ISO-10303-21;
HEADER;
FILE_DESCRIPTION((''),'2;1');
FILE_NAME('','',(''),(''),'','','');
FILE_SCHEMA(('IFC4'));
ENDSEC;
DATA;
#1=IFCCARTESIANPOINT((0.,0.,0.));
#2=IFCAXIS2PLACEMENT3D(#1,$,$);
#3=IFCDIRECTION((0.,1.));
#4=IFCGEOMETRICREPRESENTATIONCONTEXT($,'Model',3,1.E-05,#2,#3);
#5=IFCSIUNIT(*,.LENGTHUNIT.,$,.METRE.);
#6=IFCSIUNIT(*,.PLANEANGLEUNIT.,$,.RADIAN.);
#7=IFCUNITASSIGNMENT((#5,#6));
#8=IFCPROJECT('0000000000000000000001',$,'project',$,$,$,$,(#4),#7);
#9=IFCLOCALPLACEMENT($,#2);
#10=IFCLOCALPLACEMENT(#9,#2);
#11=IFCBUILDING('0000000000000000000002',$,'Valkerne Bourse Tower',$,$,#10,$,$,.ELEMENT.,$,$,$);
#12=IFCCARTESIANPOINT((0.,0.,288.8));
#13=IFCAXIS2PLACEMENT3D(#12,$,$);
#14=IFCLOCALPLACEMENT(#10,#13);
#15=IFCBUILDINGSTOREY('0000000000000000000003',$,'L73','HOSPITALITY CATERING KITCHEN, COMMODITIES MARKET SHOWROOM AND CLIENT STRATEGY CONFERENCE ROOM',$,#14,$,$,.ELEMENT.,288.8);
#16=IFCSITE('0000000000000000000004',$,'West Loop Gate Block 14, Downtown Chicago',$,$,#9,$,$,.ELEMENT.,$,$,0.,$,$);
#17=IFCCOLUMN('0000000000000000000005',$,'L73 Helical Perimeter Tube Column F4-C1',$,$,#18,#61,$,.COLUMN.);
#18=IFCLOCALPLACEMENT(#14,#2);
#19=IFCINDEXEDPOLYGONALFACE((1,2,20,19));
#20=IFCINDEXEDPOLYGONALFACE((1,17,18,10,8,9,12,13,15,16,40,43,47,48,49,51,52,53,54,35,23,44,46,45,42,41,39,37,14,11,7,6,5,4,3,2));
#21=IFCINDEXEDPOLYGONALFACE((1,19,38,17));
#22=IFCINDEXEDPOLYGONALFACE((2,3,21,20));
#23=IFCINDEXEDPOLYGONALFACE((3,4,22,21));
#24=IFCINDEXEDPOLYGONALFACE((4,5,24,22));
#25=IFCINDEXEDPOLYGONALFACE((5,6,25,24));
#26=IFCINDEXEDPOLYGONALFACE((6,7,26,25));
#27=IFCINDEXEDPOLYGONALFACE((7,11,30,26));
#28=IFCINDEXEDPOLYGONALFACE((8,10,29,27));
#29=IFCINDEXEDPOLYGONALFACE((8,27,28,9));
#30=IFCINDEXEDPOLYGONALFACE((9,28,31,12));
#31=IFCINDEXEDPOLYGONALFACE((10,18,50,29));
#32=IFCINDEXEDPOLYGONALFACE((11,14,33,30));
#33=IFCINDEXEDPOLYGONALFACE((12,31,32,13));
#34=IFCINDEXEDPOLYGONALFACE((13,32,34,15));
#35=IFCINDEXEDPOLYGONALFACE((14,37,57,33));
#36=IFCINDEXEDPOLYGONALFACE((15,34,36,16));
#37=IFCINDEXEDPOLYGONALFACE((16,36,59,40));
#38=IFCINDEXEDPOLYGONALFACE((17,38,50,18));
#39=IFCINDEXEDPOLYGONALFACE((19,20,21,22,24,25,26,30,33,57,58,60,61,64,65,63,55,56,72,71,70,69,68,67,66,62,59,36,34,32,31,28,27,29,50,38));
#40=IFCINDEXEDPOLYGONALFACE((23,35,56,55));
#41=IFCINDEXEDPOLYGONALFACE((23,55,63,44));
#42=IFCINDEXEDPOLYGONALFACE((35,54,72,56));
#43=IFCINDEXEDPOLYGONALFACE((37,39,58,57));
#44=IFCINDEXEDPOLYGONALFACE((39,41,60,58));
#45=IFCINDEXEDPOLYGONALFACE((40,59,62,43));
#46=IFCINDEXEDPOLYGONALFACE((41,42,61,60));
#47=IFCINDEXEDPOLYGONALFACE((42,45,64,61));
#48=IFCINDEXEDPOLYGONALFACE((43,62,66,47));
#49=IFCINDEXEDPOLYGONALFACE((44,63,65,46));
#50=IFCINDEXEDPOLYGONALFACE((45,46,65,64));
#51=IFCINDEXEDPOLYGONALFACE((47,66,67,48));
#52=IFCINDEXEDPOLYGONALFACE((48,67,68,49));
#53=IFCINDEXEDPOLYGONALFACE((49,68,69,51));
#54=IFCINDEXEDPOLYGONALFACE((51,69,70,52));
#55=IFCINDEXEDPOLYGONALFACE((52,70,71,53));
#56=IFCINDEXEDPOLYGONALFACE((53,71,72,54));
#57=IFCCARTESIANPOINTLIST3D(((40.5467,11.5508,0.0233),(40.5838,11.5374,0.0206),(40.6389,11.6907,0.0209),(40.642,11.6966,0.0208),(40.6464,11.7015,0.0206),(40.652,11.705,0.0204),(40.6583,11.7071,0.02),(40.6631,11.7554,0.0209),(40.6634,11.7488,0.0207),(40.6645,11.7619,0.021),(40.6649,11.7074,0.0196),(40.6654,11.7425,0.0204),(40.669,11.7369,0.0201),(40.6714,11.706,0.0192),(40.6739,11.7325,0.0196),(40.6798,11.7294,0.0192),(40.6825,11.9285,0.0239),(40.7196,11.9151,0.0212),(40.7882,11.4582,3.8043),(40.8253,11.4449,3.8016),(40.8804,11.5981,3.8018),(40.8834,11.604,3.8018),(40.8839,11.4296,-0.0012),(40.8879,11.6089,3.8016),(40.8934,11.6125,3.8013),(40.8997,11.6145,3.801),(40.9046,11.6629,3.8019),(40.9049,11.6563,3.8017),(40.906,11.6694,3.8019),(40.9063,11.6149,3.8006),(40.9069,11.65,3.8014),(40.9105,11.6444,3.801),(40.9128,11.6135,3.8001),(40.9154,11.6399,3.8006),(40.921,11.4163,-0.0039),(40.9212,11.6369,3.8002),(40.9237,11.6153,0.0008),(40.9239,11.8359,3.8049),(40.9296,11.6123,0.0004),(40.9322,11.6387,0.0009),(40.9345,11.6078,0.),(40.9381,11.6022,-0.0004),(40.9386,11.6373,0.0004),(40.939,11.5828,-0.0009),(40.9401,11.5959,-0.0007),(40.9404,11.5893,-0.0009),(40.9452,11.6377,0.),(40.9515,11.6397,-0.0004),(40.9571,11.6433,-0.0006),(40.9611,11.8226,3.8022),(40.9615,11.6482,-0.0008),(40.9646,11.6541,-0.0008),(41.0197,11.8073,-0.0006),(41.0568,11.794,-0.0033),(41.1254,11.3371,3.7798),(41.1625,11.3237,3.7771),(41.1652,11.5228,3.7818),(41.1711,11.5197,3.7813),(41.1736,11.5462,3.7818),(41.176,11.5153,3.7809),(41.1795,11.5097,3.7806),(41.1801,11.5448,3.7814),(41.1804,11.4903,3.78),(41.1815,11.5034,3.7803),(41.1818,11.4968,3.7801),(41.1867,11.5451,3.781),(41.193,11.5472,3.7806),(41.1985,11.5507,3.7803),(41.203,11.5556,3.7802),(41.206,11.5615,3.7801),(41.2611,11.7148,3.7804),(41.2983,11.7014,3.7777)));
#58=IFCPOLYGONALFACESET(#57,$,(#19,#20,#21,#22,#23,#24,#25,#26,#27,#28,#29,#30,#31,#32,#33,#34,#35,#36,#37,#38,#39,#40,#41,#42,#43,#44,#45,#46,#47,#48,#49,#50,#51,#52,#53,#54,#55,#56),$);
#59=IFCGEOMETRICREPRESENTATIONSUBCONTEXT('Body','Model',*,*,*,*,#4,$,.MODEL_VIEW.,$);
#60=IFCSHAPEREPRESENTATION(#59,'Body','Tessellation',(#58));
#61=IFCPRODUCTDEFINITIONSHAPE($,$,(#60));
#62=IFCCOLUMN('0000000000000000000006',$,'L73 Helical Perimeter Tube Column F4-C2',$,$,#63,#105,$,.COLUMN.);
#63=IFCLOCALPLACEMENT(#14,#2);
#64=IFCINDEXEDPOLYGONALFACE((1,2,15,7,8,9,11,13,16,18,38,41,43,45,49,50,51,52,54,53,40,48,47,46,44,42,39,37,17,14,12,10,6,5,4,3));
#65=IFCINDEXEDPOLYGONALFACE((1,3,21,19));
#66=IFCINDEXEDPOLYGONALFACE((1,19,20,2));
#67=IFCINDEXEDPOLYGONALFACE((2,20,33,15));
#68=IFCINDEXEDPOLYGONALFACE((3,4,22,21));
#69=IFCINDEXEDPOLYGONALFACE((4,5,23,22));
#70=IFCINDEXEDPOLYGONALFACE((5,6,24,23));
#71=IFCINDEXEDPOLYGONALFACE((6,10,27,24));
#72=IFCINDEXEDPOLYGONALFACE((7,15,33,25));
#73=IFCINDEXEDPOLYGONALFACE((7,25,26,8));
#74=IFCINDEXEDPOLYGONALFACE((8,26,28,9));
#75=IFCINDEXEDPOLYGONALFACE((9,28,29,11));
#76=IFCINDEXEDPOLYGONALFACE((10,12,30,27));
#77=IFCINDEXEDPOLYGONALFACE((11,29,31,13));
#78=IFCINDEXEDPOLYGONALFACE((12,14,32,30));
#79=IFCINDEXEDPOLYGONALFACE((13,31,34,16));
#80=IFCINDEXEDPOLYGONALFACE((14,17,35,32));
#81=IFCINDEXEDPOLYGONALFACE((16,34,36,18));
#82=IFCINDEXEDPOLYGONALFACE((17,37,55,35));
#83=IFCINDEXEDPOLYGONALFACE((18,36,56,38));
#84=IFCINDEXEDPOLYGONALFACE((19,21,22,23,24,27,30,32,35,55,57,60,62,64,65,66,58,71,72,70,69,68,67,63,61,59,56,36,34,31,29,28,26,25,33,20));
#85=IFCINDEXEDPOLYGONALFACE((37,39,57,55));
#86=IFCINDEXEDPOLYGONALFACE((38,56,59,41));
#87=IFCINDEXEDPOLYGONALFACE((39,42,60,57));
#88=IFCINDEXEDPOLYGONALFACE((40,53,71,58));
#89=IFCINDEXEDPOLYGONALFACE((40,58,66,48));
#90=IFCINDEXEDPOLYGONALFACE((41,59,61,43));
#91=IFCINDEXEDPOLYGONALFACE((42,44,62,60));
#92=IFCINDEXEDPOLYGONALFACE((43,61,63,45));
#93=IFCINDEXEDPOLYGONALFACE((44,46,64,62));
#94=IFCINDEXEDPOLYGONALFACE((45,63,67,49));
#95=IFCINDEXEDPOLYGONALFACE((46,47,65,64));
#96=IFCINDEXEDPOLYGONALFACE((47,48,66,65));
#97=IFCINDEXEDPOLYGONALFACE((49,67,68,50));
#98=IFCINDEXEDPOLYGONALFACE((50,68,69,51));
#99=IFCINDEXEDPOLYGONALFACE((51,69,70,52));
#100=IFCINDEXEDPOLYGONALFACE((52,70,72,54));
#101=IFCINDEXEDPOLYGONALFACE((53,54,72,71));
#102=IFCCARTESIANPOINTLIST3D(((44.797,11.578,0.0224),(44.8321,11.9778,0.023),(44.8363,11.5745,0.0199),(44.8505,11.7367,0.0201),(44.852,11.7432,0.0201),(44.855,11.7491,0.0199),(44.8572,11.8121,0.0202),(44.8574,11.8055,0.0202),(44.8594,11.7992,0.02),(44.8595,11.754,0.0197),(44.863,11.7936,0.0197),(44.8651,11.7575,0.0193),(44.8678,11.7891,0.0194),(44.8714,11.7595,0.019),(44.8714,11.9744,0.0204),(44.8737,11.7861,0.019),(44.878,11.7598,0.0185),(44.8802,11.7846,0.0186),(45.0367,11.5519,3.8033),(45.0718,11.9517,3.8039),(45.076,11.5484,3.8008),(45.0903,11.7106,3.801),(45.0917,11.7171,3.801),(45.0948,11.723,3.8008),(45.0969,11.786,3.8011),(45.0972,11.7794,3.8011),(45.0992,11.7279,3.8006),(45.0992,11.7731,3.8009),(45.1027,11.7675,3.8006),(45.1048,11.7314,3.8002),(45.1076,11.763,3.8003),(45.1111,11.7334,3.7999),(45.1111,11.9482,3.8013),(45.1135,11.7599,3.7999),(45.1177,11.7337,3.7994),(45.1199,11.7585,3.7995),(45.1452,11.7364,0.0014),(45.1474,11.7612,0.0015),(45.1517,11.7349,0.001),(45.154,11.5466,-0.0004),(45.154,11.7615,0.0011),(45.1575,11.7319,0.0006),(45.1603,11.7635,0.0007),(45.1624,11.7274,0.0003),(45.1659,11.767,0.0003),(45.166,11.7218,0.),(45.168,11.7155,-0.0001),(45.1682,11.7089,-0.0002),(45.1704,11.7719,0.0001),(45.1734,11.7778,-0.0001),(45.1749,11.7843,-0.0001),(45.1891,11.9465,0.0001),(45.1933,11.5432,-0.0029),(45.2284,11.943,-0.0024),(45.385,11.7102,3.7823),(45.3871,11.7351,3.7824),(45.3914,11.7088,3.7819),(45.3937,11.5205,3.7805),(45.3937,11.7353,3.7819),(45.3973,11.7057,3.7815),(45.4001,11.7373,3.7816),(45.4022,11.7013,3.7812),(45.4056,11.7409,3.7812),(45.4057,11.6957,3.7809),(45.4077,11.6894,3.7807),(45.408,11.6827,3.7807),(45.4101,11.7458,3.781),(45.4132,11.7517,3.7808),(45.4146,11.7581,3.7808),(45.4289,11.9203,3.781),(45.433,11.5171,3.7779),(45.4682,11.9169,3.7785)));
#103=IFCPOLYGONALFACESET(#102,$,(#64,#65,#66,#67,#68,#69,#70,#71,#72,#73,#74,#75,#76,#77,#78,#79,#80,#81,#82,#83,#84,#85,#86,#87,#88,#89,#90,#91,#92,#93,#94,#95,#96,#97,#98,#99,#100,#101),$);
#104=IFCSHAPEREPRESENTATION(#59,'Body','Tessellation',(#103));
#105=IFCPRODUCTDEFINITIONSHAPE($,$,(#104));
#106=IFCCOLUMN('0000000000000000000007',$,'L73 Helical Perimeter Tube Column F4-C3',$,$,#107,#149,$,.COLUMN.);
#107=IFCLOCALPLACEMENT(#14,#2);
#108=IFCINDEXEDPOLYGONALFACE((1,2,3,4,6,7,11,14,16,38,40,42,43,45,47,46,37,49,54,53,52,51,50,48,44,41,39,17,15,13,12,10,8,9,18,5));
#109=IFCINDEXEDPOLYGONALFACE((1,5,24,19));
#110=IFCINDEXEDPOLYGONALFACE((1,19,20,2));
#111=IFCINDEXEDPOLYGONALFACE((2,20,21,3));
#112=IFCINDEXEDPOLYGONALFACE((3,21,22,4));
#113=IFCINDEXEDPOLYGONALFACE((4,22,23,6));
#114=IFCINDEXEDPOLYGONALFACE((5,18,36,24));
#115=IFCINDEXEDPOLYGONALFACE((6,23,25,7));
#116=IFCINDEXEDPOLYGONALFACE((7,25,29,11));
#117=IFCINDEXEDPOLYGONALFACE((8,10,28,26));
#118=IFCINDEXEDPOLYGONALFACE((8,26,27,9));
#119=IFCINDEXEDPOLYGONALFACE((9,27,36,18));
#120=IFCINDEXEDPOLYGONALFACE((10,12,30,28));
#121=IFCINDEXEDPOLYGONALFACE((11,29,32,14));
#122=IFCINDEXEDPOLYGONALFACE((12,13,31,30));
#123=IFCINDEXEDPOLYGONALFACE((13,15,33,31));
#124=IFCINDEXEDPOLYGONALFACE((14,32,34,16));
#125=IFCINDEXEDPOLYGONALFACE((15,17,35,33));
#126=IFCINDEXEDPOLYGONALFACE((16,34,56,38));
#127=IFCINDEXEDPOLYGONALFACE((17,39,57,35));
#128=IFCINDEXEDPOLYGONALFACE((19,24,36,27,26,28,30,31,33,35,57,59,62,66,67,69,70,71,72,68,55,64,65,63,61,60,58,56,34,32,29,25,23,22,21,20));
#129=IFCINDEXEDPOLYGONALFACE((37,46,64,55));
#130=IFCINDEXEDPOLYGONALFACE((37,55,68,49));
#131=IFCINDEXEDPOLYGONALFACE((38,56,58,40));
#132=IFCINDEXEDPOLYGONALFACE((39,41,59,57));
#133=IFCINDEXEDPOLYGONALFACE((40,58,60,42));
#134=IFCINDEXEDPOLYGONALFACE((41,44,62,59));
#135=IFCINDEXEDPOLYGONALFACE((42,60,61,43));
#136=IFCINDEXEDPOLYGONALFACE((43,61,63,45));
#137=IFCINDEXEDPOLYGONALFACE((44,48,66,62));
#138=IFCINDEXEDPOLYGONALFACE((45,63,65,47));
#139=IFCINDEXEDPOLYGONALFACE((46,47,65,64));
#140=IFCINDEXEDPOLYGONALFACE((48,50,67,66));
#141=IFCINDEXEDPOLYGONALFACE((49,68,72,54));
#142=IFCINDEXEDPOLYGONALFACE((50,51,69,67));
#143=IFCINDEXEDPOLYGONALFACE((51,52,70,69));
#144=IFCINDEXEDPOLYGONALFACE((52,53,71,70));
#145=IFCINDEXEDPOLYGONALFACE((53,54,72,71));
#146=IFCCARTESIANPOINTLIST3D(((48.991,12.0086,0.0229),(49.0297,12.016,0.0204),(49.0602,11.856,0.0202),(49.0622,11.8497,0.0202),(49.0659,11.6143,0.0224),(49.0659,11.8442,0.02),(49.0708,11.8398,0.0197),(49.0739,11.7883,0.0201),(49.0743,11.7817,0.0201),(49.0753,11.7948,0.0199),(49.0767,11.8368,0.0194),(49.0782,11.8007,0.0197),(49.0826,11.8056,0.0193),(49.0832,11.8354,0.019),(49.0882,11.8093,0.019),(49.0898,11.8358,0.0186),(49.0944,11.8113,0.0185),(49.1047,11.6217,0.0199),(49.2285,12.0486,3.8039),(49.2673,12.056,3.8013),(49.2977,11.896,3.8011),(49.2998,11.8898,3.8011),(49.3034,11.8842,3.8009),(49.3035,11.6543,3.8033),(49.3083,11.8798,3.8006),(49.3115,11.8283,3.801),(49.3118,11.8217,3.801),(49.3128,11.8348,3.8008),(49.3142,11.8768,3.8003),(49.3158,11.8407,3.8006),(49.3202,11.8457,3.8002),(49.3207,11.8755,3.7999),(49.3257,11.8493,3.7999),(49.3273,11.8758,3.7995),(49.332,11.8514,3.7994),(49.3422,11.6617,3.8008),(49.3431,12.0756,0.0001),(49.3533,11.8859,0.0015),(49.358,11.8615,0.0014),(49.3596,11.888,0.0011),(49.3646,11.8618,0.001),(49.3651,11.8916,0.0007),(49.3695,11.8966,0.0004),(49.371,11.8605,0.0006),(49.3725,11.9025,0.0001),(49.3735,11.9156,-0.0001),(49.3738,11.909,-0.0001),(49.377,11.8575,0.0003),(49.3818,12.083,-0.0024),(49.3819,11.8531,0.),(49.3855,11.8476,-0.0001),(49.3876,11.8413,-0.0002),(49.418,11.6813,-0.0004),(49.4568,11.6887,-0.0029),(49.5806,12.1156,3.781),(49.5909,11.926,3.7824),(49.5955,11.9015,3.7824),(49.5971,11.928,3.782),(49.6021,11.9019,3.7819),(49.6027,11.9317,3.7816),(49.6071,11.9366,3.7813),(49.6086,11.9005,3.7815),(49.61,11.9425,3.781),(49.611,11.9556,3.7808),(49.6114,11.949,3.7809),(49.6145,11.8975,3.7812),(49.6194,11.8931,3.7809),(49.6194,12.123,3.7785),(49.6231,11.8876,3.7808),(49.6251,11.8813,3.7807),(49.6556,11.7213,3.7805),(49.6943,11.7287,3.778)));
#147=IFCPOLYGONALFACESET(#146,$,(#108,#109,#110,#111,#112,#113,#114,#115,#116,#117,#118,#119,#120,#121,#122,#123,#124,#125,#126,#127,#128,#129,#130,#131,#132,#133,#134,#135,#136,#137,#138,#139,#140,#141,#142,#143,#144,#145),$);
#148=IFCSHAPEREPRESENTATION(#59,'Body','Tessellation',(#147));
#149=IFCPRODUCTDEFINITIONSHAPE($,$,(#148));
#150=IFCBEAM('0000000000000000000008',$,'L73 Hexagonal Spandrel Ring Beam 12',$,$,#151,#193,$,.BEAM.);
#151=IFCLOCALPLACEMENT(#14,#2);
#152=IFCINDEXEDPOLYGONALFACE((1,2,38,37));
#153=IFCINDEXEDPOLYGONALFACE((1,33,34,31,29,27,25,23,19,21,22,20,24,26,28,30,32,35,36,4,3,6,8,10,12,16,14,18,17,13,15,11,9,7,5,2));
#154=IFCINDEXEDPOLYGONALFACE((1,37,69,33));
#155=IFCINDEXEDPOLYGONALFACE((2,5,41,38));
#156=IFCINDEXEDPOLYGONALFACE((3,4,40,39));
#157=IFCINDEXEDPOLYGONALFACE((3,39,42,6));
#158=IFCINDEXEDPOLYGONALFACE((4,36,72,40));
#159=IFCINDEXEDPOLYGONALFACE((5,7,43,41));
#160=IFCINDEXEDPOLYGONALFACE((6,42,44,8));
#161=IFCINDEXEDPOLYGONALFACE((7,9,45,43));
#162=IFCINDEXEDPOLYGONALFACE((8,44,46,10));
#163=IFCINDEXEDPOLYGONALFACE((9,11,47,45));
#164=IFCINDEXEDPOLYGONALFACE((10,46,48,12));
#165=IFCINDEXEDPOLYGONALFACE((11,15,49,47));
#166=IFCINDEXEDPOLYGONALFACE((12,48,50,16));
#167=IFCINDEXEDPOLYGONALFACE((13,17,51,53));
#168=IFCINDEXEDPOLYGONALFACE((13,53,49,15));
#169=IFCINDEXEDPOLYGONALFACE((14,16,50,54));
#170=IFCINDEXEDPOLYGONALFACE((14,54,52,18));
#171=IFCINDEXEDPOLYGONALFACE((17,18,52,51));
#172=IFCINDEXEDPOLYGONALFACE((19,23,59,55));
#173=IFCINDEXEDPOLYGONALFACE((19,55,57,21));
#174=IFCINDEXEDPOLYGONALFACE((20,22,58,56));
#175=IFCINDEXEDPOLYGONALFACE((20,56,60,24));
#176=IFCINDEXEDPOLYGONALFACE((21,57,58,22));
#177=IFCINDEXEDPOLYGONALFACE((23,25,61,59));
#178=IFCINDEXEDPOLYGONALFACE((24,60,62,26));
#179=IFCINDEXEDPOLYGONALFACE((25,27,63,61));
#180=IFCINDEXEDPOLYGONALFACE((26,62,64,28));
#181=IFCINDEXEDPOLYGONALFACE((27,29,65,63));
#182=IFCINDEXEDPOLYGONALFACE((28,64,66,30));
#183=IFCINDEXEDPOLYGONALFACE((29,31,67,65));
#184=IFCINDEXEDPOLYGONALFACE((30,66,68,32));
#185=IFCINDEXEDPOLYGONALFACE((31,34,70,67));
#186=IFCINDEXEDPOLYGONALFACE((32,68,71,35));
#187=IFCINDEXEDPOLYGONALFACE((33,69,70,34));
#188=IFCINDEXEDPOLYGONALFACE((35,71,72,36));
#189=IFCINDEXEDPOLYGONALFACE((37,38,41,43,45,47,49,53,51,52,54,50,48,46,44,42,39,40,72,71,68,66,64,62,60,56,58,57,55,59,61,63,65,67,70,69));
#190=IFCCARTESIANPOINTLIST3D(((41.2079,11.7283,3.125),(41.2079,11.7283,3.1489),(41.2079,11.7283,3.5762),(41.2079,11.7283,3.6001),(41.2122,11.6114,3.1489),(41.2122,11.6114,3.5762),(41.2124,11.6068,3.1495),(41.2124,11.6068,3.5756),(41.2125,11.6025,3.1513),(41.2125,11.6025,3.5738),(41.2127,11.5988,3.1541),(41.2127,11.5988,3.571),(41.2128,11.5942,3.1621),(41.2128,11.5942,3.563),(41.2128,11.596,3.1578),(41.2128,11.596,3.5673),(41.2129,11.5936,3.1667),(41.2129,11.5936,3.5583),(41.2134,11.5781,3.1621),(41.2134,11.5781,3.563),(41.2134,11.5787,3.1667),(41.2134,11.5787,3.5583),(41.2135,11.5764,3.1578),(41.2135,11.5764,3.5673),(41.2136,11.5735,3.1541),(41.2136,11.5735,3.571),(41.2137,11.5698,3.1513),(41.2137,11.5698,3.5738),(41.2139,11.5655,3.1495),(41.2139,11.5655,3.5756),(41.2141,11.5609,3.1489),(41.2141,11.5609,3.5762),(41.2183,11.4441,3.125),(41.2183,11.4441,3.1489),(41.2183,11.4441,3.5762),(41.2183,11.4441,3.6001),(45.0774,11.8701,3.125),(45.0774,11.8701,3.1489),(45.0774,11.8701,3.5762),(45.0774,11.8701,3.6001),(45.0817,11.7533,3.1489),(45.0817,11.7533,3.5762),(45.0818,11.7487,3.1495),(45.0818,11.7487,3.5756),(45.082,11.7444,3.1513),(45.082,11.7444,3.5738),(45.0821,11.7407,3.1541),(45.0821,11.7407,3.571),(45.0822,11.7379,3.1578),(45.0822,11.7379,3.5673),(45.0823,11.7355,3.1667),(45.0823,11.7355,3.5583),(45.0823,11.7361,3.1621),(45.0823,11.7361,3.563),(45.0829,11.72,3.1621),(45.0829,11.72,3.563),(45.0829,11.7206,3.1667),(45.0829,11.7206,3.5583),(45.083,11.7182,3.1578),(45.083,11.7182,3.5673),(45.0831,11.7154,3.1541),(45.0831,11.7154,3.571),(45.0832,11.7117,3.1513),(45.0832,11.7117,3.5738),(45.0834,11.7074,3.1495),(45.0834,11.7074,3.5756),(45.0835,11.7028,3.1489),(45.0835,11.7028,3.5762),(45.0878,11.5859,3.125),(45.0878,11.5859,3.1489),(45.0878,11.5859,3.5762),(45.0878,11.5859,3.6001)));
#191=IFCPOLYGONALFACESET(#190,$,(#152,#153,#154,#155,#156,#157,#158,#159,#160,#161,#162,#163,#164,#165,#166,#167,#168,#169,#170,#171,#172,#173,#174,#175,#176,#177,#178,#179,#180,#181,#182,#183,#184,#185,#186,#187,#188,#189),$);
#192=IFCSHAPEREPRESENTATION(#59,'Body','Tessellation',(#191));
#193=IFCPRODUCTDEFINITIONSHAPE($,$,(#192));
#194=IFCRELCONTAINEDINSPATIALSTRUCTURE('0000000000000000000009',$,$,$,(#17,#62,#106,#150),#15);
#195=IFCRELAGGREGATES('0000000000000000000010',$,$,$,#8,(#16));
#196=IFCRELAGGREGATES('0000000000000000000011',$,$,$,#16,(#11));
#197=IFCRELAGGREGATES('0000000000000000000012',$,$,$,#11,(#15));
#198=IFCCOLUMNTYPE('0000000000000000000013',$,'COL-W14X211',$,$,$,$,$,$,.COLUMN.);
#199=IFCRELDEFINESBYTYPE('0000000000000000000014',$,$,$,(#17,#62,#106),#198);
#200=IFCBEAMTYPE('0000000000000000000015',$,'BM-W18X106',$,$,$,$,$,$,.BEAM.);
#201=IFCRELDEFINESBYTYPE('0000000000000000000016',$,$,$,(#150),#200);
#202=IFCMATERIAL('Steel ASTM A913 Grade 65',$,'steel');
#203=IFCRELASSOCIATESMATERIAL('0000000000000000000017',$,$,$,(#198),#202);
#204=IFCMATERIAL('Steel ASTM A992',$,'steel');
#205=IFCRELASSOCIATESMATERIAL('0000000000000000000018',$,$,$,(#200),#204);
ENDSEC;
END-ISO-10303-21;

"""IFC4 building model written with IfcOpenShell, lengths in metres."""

from ifc_helpers import new_model, si_unit, direction, frame, origin, origin_2d, place, context, subcontext, project, spatial, i_section, extrude, material, material_profile, profile_set, type_object, element, save


model = new_model("IFC4")

# Units and contexts
model_context = context("Model", 3, precision=1e-05, world=origin(), true_north=direction((0.0, 1.0)))
body_context = subcontext(model_context, "Body", "Model", "MODEL_VIEW")
ifc_project = project(units=[si_unit("LENGTHUNIT", "METRE"), si_unit("PLANEANGLEUNIT", "RADIAN")], contexts=[model_context])

# Site, building, storey
site_placement = place(None, origin())
site = spatial("IfcSite", under=ifc_project, at=site_placement, Name="West Loop Gate Block 14, Downtown Chicago", CompositionType="ELEMENT", RefElevation=0.0)
building_placement = place(site_placement, origin())
building = spatial("IfcBuilding", under=site, at=building_placement, Name="Valkerne Bourse Tower", CompositionType="ELEMENT")
storey_placement = place(building_placement, frame((0.0, 0.0, 288.8)))
storey = spatial("IfcBuildingStorey", under=building, at=storey_placement, Name="L73", Description="HOSPITALITY CATERING KITCHEN, COMMODITIES MARKET SHOWROOM AND CLIENT STRATEGY CONFERENCE ROOM", CompositionType="ELEMENT", Elevation=288.8)

# Columns
ifc_material_1 = material(Name="Steel ASTM A913 Grade 65", Category="steel")
ifc_material_profile_1 = material_profile(ifc_material_1, i_section(OverallWidth=0.4014, OverallDepth=0.3987, WebThickness=0.0249, FlangeThickness=0.0396, FilletRadius=0.0254, at=origin_2d()), Name="W14X211")
ifc_profile_set_1 = profile_set([ifc_material_profile_1], Name="Steel ASTM A913 Grade 65")
column_type = type_object("IfcColumnType", Name="COL-W14X211", PredefinedType="COLUMN", material=ifc_profile_set_1)
column_placement = place(storey_placement, frame((40.8018, 11.6724, 0.01), z_axis=(0.063711, -0.024415, 0.99767), x_axis=(0.338251, 0.941055, 0.001429)))
element("IfcColumn", 1, at=column_placement, inside=storey, type_object=column_type, Name="L73 Helical Perimeter Tube Column F4-C1", PredefinedType="COLUMN", context=body_context, shape_type="SweptSolid", body=[
    extrude(i_section(OverallWidth=0.4014, OverallDepth=0.3987, WebThickness=0.0249, FlangeThickness=0.0396, FilletRadius=0.0254, at=origin_2d()), origin(), (0.0, 0.0, 1.0), 3.7898),
])
for number, where, z_axis, x_axis, name in (
    (2, (45.0127, 11.7605, 0.01), (0.063279, -0.006895, 0.997972), (0.087519, 0.996162, 0.001333), "L73 Helical Perimeter Tube Column F4-C2"),
    (3, (49.2239, 11.8486, 0.01), (0.0627, 0.010568, 0.997976), (-0.186779, 0.982401, 0.001332), "L73 Helical Perimeter Tube Column F4-C3"),
):
    element("IfcColumn", number, at=place(storey_placement, frame(where, z_axis=z_axis, x_axis=x_axis)), inside=storey, type_object=column_type, Name=name, PredefinedType="COLUMN", context=body_context, shape_type="SweptSolid", body=[
        extrude(i_section(OverallWidth=0.4014, OverallDepth=0.3987, WebThickness=0.0249, FlangeThickness=0.0396, FilletRadius=0.0254, at=origin_2d()), origin(), (0.0, 0.0, 1.0), 3.7886),
    ])

# Beam
ifc_material_2 = material(Name="Steel ASTM A992", Category="steel")
ifc_material_profile_2 = material_profile(ifc_material_2, i_section(OverallWidth=0.2844, OverallDepth=0.4751, WebThickness=0.0149, FlangeThickness=0.0239, FilletRadius=0.0178, at=origin_2d()), Name="W18X106")
ifc_profile_set_2 = profile_set([ifc_material_profile_2], Name="Steel ASTM A992")
beam_type_1 = type_object("IfcBeamType", Name="BM-W18X106", PredefinedType="BEAM", material=ifc_profile_set_2)
beam_1_placement = place(storey_placement, frame((41.2131, 11.5862, 3.3625), z_axis=(0.999329, 0.036634, 0.0), x_axis=(-0.036634, 0.999329, 0.0)))
element("IfcBeam", 4, at=beam_1_placement, inside=storey, type_object=beam_type_1, Name="L73 Hexagonal Spandrel Ring Beam 12", PredefinedType="BEAM", context=body_context, shape_type="SweptSolid", body=[
    extrude(i_section(OverallWidth=0.2844, OverallDepth=0.4751, WebThickness=0.0149, FlangeThickness=0.0239, FilletRadius=0.0178, at=origin_2d()), origin(), (0.0, 0.0, 1.0), 3.8721),
])

save(model, "model.ifc")
